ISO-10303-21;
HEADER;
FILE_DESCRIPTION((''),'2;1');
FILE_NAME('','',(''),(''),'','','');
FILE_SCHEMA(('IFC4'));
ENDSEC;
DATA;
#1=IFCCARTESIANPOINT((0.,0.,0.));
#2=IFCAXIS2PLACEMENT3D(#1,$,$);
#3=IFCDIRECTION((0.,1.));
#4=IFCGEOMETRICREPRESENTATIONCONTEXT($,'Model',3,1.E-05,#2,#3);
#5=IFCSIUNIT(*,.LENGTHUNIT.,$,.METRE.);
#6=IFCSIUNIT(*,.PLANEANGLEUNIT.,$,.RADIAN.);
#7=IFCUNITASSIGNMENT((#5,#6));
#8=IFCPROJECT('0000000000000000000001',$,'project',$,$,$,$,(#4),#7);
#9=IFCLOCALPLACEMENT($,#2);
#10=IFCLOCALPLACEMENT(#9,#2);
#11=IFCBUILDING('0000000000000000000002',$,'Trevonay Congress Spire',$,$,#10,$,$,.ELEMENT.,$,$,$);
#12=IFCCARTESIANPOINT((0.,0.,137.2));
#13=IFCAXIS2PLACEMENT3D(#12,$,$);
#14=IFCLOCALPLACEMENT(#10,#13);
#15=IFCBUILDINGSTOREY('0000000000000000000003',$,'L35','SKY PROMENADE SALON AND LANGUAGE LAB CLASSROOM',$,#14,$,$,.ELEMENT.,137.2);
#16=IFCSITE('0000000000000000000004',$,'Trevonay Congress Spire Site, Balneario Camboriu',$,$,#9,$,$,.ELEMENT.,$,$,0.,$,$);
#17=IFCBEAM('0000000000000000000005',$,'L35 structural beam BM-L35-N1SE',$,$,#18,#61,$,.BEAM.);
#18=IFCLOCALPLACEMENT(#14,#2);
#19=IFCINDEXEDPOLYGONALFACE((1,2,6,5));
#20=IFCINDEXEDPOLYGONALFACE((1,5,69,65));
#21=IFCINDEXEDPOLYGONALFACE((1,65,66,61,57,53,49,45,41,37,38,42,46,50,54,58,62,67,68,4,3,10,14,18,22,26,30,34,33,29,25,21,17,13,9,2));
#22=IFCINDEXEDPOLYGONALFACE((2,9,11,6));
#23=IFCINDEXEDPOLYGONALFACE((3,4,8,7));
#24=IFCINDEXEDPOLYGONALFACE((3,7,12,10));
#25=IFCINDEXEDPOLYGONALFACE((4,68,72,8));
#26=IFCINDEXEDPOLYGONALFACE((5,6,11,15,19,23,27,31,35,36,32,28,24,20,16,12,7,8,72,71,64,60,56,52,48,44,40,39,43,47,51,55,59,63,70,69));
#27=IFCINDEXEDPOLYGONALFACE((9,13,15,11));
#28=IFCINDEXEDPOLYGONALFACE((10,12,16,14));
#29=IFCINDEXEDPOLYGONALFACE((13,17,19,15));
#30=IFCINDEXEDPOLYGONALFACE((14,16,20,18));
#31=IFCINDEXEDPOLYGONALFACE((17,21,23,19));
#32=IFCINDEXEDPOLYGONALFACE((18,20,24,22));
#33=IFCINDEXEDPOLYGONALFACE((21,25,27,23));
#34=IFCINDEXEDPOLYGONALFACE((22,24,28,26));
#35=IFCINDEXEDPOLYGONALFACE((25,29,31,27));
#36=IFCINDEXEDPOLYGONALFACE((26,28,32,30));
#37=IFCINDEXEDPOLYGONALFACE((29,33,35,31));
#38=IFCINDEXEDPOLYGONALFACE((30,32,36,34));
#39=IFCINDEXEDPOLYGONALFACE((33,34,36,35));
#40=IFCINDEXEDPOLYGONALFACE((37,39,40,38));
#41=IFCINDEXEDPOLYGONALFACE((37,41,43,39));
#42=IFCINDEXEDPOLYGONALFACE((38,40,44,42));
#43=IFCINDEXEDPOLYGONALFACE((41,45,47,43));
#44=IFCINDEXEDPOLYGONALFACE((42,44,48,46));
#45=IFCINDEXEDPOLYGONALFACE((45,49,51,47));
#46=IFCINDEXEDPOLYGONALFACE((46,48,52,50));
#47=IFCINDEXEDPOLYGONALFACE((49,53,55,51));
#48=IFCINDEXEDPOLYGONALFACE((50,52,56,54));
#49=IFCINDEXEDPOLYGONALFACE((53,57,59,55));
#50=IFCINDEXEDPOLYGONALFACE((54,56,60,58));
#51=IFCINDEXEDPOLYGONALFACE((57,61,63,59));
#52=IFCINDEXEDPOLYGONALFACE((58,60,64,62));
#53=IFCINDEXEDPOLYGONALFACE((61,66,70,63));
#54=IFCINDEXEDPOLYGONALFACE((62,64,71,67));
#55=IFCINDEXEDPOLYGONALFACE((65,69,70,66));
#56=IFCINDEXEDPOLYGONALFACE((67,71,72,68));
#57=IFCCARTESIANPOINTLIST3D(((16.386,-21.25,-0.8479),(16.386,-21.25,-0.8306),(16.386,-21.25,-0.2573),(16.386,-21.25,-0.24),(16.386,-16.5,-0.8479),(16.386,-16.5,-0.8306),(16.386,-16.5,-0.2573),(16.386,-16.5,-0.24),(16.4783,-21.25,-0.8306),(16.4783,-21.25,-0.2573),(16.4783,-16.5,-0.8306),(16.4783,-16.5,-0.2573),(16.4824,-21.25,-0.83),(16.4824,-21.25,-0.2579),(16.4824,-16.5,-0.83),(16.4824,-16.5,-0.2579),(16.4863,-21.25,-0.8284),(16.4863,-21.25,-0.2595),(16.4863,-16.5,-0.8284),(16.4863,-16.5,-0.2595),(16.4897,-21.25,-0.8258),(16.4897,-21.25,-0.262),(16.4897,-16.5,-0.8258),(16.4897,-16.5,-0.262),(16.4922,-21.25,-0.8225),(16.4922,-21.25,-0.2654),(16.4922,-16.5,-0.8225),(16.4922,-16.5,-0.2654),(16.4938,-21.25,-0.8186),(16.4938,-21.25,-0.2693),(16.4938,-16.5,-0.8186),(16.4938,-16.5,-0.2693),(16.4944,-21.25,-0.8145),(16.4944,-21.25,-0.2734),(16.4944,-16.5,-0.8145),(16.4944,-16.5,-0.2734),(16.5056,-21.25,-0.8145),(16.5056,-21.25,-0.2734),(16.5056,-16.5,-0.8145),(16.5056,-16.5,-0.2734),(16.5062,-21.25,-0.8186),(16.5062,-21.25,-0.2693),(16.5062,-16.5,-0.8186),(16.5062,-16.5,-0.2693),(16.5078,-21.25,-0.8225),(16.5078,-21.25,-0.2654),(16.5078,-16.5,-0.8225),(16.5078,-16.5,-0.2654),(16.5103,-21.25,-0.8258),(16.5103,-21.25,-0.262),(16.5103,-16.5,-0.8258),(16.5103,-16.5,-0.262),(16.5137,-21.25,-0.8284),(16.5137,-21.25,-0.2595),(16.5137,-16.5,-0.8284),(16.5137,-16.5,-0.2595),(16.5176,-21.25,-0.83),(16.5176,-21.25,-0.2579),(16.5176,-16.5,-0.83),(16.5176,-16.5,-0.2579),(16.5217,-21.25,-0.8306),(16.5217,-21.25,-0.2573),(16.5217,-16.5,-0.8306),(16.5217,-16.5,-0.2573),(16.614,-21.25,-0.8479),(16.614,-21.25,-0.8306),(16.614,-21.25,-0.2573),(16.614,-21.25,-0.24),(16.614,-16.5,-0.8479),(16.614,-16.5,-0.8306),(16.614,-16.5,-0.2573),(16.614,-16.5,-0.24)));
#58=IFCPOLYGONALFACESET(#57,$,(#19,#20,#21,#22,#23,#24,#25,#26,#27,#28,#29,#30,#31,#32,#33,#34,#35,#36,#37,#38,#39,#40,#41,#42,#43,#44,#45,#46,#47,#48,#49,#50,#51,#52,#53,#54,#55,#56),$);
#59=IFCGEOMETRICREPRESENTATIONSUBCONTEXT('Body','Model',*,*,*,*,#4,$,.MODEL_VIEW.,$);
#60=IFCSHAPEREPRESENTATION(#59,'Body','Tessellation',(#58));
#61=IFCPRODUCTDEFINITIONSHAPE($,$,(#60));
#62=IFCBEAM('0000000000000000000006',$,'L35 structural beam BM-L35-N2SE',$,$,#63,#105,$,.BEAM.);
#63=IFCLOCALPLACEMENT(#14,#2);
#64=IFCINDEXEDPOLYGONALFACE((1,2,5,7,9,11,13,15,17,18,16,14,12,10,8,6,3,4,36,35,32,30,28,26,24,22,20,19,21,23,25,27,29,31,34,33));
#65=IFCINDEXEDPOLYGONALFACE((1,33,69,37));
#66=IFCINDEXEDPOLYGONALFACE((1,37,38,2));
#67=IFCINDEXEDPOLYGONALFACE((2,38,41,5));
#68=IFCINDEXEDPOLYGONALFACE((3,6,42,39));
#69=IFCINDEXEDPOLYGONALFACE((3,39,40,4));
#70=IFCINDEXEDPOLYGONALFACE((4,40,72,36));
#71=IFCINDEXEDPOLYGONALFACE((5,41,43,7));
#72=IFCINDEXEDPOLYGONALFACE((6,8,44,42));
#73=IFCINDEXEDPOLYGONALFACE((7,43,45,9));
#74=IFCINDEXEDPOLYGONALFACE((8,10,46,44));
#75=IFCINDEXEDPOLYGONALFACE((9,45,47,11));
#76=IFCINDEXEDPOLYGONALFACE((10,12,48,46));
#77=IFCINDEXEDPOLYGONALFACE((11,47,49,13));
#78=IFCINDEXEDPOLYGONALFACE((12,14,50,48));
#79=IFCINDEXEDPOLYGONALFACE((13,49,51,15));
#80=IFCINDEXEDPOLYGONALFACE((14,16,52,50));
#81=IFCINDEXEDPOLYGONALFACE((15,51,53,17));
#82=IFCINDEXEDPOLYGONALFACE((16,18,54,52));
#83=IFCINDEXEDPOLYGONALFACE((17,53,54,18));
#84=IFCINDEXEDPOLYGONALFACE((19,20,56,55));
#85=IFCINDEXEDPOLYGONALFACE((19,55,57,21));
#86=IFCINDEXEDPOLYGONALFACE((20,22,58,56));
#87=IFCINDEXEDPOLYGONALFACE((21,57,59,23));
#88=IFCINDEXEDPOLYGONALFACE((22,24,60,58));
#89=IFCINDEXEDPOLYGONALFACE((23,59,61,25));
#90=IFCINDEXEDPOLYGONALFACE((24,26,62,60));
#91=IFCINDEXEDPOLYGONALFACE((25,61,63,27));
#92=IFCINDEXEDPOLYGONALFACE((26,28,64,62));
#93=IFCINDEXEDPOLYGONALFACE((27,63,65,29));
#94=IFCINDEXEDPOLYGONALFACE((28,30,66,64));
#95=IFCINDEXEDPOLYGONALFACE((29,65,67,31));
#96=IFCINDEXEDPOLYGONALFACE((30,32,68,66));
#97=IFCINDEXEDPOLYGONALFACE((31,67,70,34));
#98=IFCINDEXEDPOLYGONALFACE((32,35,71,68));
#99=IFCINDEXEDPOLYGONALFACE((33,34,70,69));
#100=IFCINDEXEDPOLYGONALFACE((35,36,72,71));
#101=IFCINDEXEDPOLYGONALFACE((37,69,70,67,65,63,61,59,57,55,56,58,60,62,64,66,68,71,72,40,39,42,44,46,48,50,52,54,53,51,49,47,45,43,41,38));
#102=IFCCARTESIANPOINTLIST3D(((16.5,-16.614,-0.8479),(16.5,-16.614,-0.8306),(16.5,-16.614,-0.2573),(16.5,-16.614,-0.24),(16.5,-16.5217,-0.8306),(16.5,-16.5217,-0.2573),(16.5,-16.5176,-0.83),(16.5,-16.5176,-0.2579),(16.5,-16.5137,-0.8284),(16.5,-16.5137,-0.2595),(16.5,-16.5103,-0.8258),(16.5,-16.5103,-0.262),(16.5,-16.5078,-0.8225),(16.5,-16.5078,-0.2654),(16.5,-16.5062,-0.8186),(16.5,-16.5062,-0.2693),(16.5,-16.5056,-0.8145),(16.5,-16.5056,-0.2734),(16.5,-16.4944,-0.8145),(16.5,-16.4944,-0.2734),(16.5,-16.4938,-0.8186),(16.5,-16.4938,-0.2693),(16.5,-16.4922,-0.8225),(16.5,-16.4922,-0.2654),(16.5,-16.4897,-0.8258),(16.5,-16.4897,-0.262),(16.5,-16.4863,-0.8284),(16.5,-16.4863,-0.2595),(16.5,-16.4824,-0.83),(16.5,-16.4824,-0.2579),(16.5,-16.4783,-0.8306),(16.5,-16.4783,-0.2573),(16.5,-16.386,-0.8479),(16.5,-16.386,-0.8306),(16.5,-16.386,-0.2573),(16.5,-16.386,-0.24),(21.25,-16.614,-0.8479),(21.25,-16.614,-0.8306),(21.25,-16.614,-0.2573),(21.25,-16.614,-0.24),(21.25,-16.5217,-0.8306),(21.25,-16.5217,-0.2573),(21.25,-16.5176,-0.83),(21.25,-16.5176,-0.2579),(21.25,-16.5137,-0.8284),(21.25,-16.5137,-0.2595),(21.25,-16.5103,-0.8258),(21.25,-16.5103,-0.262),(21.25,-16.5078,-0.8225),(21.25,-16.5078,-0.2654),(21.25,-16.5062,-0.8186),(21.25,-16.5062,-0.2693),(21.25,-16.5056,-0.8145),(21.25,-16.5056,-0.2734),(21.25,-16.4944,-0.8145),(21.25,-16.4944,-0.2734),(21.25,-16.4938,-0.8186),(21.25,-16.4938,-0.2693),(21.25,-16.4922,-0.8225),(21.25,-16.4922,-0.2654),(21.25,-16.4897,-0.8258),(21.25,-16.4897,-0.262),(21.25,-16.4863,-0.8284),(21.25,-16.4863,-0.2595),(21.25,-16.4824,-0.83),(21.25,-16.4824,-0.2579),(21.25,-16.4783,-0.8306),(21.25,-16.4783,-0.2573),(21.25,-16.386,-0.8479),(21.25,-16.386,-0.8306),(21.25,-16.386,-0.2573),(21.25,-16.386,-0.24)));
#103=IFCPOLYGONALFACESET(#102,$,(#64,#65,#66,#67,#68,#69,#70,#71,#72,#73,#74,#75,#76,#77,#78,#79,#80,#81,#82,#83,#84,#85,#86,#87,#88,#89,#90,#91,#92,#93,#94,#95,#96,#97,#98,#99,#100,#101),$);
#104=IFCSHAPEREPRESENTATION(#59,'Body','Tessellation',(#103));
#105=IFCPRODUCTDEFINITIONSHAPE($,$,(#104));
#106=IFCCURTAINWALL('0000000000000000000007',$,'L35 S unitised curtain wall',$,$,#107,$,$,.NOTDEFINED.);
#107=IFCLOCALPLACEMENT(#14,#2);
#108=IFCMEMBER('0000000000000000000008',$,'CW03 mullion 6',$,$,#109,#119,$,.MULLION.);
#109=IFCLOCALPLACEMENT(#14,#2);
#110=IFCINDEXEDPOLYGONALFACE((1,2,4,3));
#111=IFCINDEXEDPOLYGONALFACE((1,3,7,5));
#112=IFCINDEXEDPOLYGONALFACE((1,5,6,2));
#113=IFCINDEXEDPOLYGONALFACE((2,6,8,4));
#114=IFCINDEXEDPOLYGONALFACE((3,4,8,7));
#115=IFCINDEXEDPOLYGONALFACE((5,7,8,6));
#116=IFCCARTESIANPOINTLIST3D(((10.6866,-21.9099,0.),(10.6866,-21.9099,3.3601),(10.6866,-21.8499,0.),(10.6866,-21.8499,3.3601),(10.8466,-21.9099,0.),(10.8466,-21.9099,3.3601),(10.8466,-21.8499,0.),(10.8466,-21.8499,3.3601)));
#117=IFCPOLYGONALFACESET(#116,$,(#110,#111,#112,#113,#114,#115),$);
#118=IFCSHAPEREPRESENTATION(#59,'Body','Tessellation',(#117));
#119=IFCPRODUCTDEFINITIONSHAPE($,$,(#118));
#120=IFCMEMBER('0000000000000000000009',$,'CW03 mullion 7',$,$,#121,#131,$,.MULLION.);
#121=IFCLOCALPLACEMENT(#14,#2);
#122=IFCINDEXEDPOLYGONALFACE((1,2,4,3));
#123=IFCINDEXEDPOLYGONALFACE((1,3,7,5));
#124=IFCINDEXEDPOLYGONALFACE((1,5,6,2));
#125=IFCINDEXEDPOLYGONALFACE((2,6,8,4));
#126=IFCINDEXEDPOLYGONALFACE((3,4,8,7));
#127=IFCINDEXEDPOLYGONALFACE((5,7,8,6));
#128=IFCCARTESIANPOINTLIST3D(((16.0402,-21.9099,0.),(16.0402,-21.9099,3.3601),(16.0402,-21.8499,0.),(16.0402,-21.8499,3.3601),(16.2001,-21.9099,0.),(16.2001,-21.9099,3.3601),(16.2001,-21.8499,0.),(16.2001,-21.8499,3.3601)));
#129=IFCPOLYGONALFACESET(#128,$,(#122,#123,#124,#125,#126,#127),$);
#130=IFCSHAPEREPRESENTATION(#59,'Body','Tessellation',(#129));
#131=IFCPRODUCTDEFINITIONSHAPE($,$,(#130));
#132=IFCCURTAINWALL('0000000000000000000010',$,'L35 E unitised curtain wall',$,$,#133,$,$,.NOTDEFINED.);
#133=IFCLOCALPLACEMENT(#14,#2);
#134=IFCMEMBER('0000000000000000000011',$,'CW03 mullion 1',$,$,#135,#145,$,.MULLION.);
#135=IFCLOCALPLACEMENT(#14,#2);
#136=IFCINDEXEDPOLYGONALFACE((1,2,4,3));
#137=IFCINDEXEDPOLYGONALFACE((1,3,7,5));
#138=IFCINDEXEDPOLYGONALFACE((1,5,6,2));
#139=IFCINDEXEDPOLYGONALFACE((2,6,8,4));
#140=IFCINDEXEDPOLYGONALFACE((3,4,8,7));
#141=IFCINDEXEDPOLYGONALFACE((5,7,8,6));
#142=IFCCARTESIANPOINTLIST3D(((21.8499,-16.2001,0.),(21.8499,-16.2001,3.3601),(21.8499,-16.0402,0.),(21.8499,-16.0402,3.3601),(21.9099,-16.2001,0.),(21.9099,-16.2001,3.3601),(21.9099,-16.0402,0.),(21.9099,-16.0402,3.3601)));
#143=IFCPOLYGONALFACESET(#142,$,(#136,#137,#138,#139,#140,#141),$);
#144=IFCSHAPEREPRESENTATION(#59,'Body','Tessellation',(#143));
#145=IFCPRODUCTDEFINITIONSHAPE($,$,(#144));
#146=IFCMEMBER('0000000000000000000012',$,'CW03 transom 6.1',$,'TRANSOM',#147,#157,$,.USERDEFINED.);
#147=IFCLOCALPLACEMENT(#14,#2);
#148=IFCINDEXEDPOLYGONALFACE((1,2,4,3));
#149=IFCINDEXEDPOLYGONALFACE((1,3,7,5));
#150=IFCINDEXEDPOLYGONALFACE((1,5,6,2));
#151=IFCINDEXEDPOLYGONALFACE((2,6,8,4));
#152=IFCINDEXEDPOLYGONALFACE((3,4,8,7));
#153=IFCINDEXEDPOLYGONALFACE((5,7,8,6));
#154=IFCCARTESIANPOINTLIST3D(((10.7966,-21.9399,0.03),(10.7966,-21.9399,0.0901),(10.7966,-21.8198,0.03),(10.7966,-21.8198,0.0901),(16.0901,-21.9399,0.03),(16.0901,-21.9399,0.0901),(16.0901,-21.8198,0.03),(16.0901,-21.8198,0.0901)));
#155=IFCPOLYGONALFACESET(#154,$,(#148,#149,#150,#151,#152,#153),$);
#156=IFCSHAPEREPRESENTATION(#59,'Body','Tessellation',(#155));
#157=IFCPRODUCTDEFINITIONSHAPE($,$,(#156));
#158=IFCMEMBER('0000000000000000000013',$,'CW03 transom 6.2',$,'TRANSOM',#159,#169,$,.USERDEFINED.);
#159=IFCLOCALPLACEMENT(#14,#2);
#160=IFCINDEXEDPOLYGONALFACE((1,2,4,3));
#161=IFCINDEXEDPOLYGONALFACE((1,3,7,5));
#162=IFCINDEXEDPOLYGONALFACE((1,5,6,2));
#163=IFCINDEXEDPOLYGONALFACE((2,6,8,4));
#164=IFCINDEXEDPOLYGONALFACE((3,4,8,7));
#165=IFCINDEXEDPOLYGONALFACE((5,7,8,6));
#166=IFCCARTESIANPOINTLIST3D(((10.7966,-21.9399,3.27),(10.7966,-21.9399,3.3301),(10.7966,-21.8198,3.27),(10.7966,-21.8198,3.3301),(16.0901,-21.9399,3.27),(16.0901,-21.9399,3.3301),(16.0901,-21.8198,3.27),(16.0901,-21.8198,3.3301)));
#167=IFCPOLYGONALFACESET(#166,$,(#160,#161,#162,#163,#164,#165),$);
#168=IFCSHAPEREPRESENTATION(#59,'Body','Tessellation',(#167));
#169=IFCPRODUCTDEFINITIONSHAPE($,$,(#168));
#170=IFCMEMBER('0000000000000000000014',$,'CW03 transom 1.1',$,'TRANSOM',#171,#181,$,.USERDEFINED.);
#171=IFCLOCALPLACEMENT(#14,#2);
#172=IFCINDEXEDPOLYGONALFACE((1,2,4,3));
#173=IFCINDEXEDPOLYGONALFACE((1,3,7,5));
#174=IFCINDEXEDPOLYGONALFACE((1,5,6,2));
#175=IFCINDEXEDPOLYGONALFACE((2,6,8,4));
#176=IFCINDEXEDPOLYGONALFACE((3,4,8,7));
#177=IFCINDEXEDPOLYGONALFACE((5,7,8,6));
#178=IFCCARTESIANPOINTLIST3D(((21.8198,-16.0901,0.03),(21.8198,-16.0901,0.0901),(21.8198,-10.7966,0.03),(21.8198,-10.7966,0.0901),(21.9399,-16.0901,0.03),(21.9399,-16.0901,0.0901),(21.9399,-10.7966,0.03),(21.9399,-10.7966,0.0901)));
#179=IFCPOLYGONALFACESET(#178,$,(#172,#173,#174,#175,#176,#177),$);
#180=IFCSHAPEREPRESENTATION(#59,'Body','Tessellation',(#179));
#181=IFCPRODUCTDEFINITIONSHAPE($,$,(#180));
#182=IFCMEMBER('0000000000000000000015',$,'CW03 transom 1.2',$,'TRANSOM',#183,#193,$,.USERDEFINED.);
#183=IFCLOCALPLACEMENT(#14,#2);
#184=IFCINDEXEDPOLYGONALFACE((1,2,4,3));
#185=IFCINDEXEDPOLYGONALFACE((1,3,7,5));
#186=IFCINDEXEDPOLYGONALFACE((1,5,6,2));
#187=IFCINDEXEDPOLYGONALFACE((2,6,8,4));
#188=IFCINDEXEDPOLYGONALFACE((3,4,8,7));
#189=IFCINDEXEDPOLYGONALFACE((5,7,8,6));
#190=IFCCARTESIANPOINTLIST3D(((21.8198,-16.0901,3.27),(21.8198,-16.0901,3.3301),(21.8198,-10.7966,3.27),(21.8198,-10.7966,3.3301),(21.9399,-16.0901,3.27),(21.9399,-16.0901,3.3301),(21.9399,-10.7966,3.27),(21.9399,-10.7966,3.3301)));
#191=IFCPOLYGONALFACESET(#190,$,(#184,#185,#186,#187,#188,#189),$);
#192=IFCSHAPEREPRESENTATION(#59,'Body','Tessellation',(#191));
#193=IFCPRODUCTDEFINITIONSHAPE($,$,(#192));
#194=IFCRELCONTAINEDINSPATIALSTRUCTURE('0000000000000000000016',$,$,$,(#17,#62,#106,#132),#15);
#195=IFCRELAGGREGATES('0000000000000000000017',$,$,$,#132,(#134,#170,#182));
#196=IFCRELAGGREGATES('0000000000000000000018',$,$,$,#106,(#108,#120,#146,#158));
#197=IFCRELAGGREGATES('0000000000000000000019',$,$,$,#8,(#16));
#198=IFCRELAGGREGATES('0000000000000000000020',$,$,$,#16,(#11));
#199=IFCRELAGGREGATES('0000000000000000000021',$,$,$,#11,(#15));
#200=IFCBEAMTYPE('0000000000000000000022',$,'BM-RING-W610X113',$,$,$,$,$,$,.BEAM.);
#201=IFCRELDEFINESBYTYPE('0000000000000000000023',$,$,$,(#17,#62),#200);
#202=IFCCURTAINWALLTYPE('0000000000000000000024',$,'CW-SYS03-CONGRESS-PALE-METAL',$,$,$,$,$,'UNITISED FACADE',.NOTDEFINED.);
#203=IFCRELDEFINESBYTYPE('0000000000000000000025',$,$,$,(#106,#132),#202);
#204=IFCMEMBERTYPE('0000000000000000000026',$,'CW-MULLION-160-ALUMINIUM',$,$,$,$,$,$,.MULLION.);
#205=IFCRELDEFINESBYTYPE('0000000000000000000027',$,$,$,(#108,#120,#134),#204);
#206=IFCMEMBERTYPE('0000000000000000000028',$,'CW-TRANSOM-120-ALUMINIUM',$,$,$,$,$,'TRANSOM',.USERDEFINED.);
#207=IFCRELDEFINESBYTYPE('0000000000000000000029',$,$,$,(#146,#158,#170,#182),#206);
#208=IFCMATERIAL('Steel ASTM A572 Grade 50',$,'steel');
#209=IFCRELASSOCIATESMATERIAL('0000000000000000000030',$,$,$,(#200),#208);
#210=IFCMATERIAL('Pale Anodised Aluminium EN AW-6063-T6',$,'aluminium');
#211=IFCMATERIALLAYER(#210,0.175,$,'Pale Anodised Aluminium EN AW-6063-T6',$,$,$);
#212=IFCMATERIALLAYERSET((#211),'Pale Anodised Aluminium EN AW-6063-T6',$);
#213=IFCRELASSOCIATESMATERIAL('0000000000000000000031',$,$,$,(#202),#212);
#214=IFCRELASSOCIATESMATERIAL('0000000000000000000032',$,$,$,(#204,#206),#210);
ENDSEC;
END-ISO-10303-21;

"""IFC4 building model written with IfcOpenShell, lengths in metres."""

from ifc_helpers import new_model, si_unit, direction, frame, origin, origin_2d, place, context, subcontext, project, spatial, rectangle, i_section, extrude, material, layer, layer_set, material_profile, profile_set, type_object, element, aggregate, save


model = new_model("IFC4")

# Units and contexts
model_context = context("Model", 3, precision=1e-05, world=origin(), true_north=direction((0.0, 1.0)))
body_context = subcontext(model_context, "Body", "Model", "MODEL_VIEW")
ifc_project = project(units=[si_unit("LENGTHUNIT", "METRE"), si_unit("PLANEANGLEUNIT", "RADIAN")], contexts=[model_context])

# Site, building, storey
site_placement = place(None, origin())
site = spatial("IfcSite", under=ifc_project, at=site_placement, Name="Trevonay Congress Spire Site, Balneario Camboriu", CompositionType="ELEMENT", RefElevation=0.0)
building_placement = place(site_placement, origin())
building = spatial("IfcBuilding", under=site, at=building_placement, Name="Trevonay Congress Spire", CompositionType="ELEMENT")
storey_placement = place(building_placement, frame((0.0, 0.0, 137.2)))
storey = spatial("IfcBuildingStorey", under=building, at=storey_placement, Name="L35", Description="SKY PROMENADE SALON AND LANGUAGE LAB CLASSROOM", CompositionType="ELEMENT", Elevation=137.2)

# Shared definitions
ifc_material_1 = material(Name="Steel ASTM A572 Grade 50", Category="steel")

# Beams
ifc_material_profile_1 = material_profile(ifc_material_1, i_section(OverallWidth=0.228, OverallDepth=0.6079, WebThickness=0.0112, FlangeThickness=0.0173, FilletRadius=0.0161, at=origin_2d()), Name="W610x113")
ifc_profile_set_1 = profile_set([ifc_material_profile_1], Name="Steel ASTM A572 Grade 50")
beam_type = type_object("IfcBeamType", Name="BM-RING-W610X113", PredefinedType="BEAM", material=ifc_profile_set_1)
for number, where, z_axis, x_axis, name in (
    (1, (16.5, -21.25, -0.5439), (0.0, 1.0, 0.0), (-1.0, 0.0, 0.0), "L35 structural beam BM-L35-N1SE"),
    (2, (21.25, -16.5, -0.5439), (-1.0, 0.0, 0.0), (0.0, -1.0, 0.0), "L35 structural beam BM-L35-N2SE"),
):
    element("IfcBeam", number, at=place(storey_placement, frame(where, z_axis=z_axis, x_axis=x_axis)), inside=storey, type_object=beam_type, Name=name, PredefinedType="BEAM", context=body_context, shape_type="SweptSolid", body=[
        extrude(i_section(OverallWidth=0.228, OverallDepth=0.6079, WebThickness=0.0112, FlangeThickness=0.0173, FilletRadius=0.0161, at=origin_2d()), origin(), (0.0, 0.0, 1.0), 4.75),
    ])

# Curtain wall, members
ifc_material_2 = material(Name="Pale Anodised Aluminium EN AW-6063-T6", Category="aluminium")
ifc_layer_1 = layer(ifc_material_2, 0.175, Name="Pale Anodised Aluminium EN AW-6063-T6")
ifc_layer_set_1 = layer_set([ifc_layer_1], Name="Pale Anodised Aluminium EN AW-6063-T6")
curtain_wall_type = type_object("IfcCurtainWallType", Name="CW-SYS03-CONGRESS-PALE-METAL", ElementType="UNITISED FACADE", PredefinedType="NOTDEFINED", material=ifc_layer_set_1)
curtain_wall_1_placement = place(storey_placement, origin())
curtain_wall_1 = element("IfcCurtainWall", 3, at=curtain_wall_1_placement, inside=storey, type_object=curtain_wall_type, Name="L35 S unitised curtain wall", PredefinedType="NOTDEFINED")
ifc_material_profile_2 = material_profile(ifc_material_2, rectangle(XDim=0.0601, YDim=0.1599, at=origin_2d()), Name="CW-MULLION-160-ALUMINIUM")
ifc_profile_set_2 = profile_set([ifc_material_profile_2], Name="Pale Anodised Aluminium EN AW-6063-T6")
member_type_1 = type_object("IfcMemberType", Name="CW-MULLION-160-ALUMINIUM", PredefinedType="MULLION", material=ifc_profile_set_2)
member_1_placement = place(storey_placement, frame((10.7666, -21.8799, 0.0), z_axis=(0.0, 0.0, 1.0), x_axis=(0.0, 1.0, 0.0)))
member_1 = element("IfcMember", 4, at=member_1_placement, type_object=member_type_1, Name="CW03 mullion 6", PredefinedType="MULLION", context=body_context, shape_type="SweptSolid", body=[
    extrude(rectangle(XDim=0.0601, YDim=0.1599, at=origin_2d()), origin(), (0.0, 0.0, 1.0), 3.3601),
])
member_2_placement = place(storey_placement, frame((16.1201, -21.8799, 0.0), z_axis=(0.0, 0.0, 1.0), x_axis=(0.0, 1.0, 0.0)))
member_2 = element("IfcMember", 5, at=member_2_placement, type_object=member_type_1, Name="CW03 mullion 7", PredefinedType="MULLION", context=body_context, shape_type="SweptSolid", body=[
    extrude(rectangle(XDim=0.0601, YDim=0.1599, at=origin_2d()), origin(), (0.0, 0.0, 1.0), 3.3601),
])

# Curtain wall, member
curtain_wall_2_placement = place(storey_placement, origin())
curtain_wall_2 = element("IfcCurtainWall", 6, at=curtain_wall_2_placement, inside=storey, type_object=curtain_wall_type, Name="L35 E unitised curtain wall", PredefinedType="NOTDEFINED")
member_3_placement = place(storey_placement, frame((21.8799, -16.1201, 0.0), z_axis=(0.0, 0.0, 1.0), x_axis=(-1.0, 0.0, 0.0)))
member_3 = element("IfcMember", 7, at=member_3_placement, type_object=member_type_1, Name="CW03 mullion 1", PredefinedType="MULLION", context=body_context, shape_type="SweptSolid", body=[
    extrude(rectangle(XDim=0.0601, YDim=0.1599, at=origin_2d()), origin(), (0.0, 0.0, 1.0), 3.3601),
])

# Members
ifc_material_profile_3 = material_profile(ifc_material_2, rectangle(XDim=0.1201, YDim=0.0601, at=origin_2d()), Name="CW-TRANSOM-120-ALUMINIUM")
ifc_profile_set_3 = profile_set([ifc_material_profile_3], Name="Pale Anodised Aluminium EN AW-6063-T6")
member_type_2 = type_object("IfcMemberType", Name="CW-TRANSOM-120-ALUMINIUM", ElementType="TRANSOM", PredefinedType="USERDEFINED", material=ifc_profile_set_3)
member_4_placement = place(storey_placement, frame((10.7966, -21.8799, 0.0601), z_axis=(1.0, 0.0, 0.0), x_axis=(0.0, 1.0, 0.0)))
member_4 = element("IfcMember", 8, at=member_4_placement, type_object=member_type_2, Name="CW03 transom 6.1", ObjectType="TRANSOM", PredefinedType="USERDEFINED", context=body_context, shape_type="SweptSolid", body=[
    extrude(rectangle(XDim=0.1201, YDim=0.0601, at=origin_2d()), origin(), (0.0, 0.0, 1.0), 5.2935),
])
member_5_placement = place(storey_placement, frame((10.7966, -21.8799, 3.3), z_axis=(1.0, 0.0, 0.0), x_axis=(0.0, 1.0, 0.0)))
member_5 = element("IfcMember", 9, at=member_5_placement, type_object=member_type_2, Name="CW03 transom 6.2", ObjectType="TRANSOM", PredefinedType="USERDEFINED", context=body_context, shape_type="SweptSolid", body=[
    extrude(rectangle(XDim=0.1201, YDim=0.0601, at=origin_2d()), origin(), (0.0, 0.0, 1.0), 5.2935),
])
member_6_placement = place(storey_placement, frame((21.8799, -16.0901, 0.0601), z_axis=(0.0, 1.0, 0.0), x_axis=(-1.0, 0.0, 0.0)))
member_6 = element("IfcMember", 10, at=member_6_placement, type_object=member_type_2, Name="CW03 transom 1.1", ObjectType="TRANSOM", PredefinedType="USERDEFINED", context=body_context, shape_type="SweptSolid", body=[
    extrude(rectangle(XDim=0.1201, YDim=0.0601, at=origin_2d()), origin(), (0.0, 0.0, 1.0), 5.2935),
])
member_7_placement = place(storey_placement, frame((21.8799, -16.0901, 3.3), z_axis=(0.0, 1.0, 0.0), x_axis=(-1.0, 0.0, 0.0)))
member_7 = element("IfcMember", 11, at=member_7_placement, type_object=member_type_2, Name="CW03 transom 1.2", ObjectType="TRANSOM", PredefinedType="USERDEFINED", context=body_context, shape_type="SweptSolid", body=[
    extrude(rectangle(XDim=0.1201, YDim=0.0601, at=origin_2d()), origin(), (0.0, 0.0, 1.0), 5.2935),
])
aggregate(curtain_wall_2, [member_3, member_6, member_7])

aggregate(curtain_wall_1, [member_1, member_2, member_4, member_5])

save(model, "model.ifc")
